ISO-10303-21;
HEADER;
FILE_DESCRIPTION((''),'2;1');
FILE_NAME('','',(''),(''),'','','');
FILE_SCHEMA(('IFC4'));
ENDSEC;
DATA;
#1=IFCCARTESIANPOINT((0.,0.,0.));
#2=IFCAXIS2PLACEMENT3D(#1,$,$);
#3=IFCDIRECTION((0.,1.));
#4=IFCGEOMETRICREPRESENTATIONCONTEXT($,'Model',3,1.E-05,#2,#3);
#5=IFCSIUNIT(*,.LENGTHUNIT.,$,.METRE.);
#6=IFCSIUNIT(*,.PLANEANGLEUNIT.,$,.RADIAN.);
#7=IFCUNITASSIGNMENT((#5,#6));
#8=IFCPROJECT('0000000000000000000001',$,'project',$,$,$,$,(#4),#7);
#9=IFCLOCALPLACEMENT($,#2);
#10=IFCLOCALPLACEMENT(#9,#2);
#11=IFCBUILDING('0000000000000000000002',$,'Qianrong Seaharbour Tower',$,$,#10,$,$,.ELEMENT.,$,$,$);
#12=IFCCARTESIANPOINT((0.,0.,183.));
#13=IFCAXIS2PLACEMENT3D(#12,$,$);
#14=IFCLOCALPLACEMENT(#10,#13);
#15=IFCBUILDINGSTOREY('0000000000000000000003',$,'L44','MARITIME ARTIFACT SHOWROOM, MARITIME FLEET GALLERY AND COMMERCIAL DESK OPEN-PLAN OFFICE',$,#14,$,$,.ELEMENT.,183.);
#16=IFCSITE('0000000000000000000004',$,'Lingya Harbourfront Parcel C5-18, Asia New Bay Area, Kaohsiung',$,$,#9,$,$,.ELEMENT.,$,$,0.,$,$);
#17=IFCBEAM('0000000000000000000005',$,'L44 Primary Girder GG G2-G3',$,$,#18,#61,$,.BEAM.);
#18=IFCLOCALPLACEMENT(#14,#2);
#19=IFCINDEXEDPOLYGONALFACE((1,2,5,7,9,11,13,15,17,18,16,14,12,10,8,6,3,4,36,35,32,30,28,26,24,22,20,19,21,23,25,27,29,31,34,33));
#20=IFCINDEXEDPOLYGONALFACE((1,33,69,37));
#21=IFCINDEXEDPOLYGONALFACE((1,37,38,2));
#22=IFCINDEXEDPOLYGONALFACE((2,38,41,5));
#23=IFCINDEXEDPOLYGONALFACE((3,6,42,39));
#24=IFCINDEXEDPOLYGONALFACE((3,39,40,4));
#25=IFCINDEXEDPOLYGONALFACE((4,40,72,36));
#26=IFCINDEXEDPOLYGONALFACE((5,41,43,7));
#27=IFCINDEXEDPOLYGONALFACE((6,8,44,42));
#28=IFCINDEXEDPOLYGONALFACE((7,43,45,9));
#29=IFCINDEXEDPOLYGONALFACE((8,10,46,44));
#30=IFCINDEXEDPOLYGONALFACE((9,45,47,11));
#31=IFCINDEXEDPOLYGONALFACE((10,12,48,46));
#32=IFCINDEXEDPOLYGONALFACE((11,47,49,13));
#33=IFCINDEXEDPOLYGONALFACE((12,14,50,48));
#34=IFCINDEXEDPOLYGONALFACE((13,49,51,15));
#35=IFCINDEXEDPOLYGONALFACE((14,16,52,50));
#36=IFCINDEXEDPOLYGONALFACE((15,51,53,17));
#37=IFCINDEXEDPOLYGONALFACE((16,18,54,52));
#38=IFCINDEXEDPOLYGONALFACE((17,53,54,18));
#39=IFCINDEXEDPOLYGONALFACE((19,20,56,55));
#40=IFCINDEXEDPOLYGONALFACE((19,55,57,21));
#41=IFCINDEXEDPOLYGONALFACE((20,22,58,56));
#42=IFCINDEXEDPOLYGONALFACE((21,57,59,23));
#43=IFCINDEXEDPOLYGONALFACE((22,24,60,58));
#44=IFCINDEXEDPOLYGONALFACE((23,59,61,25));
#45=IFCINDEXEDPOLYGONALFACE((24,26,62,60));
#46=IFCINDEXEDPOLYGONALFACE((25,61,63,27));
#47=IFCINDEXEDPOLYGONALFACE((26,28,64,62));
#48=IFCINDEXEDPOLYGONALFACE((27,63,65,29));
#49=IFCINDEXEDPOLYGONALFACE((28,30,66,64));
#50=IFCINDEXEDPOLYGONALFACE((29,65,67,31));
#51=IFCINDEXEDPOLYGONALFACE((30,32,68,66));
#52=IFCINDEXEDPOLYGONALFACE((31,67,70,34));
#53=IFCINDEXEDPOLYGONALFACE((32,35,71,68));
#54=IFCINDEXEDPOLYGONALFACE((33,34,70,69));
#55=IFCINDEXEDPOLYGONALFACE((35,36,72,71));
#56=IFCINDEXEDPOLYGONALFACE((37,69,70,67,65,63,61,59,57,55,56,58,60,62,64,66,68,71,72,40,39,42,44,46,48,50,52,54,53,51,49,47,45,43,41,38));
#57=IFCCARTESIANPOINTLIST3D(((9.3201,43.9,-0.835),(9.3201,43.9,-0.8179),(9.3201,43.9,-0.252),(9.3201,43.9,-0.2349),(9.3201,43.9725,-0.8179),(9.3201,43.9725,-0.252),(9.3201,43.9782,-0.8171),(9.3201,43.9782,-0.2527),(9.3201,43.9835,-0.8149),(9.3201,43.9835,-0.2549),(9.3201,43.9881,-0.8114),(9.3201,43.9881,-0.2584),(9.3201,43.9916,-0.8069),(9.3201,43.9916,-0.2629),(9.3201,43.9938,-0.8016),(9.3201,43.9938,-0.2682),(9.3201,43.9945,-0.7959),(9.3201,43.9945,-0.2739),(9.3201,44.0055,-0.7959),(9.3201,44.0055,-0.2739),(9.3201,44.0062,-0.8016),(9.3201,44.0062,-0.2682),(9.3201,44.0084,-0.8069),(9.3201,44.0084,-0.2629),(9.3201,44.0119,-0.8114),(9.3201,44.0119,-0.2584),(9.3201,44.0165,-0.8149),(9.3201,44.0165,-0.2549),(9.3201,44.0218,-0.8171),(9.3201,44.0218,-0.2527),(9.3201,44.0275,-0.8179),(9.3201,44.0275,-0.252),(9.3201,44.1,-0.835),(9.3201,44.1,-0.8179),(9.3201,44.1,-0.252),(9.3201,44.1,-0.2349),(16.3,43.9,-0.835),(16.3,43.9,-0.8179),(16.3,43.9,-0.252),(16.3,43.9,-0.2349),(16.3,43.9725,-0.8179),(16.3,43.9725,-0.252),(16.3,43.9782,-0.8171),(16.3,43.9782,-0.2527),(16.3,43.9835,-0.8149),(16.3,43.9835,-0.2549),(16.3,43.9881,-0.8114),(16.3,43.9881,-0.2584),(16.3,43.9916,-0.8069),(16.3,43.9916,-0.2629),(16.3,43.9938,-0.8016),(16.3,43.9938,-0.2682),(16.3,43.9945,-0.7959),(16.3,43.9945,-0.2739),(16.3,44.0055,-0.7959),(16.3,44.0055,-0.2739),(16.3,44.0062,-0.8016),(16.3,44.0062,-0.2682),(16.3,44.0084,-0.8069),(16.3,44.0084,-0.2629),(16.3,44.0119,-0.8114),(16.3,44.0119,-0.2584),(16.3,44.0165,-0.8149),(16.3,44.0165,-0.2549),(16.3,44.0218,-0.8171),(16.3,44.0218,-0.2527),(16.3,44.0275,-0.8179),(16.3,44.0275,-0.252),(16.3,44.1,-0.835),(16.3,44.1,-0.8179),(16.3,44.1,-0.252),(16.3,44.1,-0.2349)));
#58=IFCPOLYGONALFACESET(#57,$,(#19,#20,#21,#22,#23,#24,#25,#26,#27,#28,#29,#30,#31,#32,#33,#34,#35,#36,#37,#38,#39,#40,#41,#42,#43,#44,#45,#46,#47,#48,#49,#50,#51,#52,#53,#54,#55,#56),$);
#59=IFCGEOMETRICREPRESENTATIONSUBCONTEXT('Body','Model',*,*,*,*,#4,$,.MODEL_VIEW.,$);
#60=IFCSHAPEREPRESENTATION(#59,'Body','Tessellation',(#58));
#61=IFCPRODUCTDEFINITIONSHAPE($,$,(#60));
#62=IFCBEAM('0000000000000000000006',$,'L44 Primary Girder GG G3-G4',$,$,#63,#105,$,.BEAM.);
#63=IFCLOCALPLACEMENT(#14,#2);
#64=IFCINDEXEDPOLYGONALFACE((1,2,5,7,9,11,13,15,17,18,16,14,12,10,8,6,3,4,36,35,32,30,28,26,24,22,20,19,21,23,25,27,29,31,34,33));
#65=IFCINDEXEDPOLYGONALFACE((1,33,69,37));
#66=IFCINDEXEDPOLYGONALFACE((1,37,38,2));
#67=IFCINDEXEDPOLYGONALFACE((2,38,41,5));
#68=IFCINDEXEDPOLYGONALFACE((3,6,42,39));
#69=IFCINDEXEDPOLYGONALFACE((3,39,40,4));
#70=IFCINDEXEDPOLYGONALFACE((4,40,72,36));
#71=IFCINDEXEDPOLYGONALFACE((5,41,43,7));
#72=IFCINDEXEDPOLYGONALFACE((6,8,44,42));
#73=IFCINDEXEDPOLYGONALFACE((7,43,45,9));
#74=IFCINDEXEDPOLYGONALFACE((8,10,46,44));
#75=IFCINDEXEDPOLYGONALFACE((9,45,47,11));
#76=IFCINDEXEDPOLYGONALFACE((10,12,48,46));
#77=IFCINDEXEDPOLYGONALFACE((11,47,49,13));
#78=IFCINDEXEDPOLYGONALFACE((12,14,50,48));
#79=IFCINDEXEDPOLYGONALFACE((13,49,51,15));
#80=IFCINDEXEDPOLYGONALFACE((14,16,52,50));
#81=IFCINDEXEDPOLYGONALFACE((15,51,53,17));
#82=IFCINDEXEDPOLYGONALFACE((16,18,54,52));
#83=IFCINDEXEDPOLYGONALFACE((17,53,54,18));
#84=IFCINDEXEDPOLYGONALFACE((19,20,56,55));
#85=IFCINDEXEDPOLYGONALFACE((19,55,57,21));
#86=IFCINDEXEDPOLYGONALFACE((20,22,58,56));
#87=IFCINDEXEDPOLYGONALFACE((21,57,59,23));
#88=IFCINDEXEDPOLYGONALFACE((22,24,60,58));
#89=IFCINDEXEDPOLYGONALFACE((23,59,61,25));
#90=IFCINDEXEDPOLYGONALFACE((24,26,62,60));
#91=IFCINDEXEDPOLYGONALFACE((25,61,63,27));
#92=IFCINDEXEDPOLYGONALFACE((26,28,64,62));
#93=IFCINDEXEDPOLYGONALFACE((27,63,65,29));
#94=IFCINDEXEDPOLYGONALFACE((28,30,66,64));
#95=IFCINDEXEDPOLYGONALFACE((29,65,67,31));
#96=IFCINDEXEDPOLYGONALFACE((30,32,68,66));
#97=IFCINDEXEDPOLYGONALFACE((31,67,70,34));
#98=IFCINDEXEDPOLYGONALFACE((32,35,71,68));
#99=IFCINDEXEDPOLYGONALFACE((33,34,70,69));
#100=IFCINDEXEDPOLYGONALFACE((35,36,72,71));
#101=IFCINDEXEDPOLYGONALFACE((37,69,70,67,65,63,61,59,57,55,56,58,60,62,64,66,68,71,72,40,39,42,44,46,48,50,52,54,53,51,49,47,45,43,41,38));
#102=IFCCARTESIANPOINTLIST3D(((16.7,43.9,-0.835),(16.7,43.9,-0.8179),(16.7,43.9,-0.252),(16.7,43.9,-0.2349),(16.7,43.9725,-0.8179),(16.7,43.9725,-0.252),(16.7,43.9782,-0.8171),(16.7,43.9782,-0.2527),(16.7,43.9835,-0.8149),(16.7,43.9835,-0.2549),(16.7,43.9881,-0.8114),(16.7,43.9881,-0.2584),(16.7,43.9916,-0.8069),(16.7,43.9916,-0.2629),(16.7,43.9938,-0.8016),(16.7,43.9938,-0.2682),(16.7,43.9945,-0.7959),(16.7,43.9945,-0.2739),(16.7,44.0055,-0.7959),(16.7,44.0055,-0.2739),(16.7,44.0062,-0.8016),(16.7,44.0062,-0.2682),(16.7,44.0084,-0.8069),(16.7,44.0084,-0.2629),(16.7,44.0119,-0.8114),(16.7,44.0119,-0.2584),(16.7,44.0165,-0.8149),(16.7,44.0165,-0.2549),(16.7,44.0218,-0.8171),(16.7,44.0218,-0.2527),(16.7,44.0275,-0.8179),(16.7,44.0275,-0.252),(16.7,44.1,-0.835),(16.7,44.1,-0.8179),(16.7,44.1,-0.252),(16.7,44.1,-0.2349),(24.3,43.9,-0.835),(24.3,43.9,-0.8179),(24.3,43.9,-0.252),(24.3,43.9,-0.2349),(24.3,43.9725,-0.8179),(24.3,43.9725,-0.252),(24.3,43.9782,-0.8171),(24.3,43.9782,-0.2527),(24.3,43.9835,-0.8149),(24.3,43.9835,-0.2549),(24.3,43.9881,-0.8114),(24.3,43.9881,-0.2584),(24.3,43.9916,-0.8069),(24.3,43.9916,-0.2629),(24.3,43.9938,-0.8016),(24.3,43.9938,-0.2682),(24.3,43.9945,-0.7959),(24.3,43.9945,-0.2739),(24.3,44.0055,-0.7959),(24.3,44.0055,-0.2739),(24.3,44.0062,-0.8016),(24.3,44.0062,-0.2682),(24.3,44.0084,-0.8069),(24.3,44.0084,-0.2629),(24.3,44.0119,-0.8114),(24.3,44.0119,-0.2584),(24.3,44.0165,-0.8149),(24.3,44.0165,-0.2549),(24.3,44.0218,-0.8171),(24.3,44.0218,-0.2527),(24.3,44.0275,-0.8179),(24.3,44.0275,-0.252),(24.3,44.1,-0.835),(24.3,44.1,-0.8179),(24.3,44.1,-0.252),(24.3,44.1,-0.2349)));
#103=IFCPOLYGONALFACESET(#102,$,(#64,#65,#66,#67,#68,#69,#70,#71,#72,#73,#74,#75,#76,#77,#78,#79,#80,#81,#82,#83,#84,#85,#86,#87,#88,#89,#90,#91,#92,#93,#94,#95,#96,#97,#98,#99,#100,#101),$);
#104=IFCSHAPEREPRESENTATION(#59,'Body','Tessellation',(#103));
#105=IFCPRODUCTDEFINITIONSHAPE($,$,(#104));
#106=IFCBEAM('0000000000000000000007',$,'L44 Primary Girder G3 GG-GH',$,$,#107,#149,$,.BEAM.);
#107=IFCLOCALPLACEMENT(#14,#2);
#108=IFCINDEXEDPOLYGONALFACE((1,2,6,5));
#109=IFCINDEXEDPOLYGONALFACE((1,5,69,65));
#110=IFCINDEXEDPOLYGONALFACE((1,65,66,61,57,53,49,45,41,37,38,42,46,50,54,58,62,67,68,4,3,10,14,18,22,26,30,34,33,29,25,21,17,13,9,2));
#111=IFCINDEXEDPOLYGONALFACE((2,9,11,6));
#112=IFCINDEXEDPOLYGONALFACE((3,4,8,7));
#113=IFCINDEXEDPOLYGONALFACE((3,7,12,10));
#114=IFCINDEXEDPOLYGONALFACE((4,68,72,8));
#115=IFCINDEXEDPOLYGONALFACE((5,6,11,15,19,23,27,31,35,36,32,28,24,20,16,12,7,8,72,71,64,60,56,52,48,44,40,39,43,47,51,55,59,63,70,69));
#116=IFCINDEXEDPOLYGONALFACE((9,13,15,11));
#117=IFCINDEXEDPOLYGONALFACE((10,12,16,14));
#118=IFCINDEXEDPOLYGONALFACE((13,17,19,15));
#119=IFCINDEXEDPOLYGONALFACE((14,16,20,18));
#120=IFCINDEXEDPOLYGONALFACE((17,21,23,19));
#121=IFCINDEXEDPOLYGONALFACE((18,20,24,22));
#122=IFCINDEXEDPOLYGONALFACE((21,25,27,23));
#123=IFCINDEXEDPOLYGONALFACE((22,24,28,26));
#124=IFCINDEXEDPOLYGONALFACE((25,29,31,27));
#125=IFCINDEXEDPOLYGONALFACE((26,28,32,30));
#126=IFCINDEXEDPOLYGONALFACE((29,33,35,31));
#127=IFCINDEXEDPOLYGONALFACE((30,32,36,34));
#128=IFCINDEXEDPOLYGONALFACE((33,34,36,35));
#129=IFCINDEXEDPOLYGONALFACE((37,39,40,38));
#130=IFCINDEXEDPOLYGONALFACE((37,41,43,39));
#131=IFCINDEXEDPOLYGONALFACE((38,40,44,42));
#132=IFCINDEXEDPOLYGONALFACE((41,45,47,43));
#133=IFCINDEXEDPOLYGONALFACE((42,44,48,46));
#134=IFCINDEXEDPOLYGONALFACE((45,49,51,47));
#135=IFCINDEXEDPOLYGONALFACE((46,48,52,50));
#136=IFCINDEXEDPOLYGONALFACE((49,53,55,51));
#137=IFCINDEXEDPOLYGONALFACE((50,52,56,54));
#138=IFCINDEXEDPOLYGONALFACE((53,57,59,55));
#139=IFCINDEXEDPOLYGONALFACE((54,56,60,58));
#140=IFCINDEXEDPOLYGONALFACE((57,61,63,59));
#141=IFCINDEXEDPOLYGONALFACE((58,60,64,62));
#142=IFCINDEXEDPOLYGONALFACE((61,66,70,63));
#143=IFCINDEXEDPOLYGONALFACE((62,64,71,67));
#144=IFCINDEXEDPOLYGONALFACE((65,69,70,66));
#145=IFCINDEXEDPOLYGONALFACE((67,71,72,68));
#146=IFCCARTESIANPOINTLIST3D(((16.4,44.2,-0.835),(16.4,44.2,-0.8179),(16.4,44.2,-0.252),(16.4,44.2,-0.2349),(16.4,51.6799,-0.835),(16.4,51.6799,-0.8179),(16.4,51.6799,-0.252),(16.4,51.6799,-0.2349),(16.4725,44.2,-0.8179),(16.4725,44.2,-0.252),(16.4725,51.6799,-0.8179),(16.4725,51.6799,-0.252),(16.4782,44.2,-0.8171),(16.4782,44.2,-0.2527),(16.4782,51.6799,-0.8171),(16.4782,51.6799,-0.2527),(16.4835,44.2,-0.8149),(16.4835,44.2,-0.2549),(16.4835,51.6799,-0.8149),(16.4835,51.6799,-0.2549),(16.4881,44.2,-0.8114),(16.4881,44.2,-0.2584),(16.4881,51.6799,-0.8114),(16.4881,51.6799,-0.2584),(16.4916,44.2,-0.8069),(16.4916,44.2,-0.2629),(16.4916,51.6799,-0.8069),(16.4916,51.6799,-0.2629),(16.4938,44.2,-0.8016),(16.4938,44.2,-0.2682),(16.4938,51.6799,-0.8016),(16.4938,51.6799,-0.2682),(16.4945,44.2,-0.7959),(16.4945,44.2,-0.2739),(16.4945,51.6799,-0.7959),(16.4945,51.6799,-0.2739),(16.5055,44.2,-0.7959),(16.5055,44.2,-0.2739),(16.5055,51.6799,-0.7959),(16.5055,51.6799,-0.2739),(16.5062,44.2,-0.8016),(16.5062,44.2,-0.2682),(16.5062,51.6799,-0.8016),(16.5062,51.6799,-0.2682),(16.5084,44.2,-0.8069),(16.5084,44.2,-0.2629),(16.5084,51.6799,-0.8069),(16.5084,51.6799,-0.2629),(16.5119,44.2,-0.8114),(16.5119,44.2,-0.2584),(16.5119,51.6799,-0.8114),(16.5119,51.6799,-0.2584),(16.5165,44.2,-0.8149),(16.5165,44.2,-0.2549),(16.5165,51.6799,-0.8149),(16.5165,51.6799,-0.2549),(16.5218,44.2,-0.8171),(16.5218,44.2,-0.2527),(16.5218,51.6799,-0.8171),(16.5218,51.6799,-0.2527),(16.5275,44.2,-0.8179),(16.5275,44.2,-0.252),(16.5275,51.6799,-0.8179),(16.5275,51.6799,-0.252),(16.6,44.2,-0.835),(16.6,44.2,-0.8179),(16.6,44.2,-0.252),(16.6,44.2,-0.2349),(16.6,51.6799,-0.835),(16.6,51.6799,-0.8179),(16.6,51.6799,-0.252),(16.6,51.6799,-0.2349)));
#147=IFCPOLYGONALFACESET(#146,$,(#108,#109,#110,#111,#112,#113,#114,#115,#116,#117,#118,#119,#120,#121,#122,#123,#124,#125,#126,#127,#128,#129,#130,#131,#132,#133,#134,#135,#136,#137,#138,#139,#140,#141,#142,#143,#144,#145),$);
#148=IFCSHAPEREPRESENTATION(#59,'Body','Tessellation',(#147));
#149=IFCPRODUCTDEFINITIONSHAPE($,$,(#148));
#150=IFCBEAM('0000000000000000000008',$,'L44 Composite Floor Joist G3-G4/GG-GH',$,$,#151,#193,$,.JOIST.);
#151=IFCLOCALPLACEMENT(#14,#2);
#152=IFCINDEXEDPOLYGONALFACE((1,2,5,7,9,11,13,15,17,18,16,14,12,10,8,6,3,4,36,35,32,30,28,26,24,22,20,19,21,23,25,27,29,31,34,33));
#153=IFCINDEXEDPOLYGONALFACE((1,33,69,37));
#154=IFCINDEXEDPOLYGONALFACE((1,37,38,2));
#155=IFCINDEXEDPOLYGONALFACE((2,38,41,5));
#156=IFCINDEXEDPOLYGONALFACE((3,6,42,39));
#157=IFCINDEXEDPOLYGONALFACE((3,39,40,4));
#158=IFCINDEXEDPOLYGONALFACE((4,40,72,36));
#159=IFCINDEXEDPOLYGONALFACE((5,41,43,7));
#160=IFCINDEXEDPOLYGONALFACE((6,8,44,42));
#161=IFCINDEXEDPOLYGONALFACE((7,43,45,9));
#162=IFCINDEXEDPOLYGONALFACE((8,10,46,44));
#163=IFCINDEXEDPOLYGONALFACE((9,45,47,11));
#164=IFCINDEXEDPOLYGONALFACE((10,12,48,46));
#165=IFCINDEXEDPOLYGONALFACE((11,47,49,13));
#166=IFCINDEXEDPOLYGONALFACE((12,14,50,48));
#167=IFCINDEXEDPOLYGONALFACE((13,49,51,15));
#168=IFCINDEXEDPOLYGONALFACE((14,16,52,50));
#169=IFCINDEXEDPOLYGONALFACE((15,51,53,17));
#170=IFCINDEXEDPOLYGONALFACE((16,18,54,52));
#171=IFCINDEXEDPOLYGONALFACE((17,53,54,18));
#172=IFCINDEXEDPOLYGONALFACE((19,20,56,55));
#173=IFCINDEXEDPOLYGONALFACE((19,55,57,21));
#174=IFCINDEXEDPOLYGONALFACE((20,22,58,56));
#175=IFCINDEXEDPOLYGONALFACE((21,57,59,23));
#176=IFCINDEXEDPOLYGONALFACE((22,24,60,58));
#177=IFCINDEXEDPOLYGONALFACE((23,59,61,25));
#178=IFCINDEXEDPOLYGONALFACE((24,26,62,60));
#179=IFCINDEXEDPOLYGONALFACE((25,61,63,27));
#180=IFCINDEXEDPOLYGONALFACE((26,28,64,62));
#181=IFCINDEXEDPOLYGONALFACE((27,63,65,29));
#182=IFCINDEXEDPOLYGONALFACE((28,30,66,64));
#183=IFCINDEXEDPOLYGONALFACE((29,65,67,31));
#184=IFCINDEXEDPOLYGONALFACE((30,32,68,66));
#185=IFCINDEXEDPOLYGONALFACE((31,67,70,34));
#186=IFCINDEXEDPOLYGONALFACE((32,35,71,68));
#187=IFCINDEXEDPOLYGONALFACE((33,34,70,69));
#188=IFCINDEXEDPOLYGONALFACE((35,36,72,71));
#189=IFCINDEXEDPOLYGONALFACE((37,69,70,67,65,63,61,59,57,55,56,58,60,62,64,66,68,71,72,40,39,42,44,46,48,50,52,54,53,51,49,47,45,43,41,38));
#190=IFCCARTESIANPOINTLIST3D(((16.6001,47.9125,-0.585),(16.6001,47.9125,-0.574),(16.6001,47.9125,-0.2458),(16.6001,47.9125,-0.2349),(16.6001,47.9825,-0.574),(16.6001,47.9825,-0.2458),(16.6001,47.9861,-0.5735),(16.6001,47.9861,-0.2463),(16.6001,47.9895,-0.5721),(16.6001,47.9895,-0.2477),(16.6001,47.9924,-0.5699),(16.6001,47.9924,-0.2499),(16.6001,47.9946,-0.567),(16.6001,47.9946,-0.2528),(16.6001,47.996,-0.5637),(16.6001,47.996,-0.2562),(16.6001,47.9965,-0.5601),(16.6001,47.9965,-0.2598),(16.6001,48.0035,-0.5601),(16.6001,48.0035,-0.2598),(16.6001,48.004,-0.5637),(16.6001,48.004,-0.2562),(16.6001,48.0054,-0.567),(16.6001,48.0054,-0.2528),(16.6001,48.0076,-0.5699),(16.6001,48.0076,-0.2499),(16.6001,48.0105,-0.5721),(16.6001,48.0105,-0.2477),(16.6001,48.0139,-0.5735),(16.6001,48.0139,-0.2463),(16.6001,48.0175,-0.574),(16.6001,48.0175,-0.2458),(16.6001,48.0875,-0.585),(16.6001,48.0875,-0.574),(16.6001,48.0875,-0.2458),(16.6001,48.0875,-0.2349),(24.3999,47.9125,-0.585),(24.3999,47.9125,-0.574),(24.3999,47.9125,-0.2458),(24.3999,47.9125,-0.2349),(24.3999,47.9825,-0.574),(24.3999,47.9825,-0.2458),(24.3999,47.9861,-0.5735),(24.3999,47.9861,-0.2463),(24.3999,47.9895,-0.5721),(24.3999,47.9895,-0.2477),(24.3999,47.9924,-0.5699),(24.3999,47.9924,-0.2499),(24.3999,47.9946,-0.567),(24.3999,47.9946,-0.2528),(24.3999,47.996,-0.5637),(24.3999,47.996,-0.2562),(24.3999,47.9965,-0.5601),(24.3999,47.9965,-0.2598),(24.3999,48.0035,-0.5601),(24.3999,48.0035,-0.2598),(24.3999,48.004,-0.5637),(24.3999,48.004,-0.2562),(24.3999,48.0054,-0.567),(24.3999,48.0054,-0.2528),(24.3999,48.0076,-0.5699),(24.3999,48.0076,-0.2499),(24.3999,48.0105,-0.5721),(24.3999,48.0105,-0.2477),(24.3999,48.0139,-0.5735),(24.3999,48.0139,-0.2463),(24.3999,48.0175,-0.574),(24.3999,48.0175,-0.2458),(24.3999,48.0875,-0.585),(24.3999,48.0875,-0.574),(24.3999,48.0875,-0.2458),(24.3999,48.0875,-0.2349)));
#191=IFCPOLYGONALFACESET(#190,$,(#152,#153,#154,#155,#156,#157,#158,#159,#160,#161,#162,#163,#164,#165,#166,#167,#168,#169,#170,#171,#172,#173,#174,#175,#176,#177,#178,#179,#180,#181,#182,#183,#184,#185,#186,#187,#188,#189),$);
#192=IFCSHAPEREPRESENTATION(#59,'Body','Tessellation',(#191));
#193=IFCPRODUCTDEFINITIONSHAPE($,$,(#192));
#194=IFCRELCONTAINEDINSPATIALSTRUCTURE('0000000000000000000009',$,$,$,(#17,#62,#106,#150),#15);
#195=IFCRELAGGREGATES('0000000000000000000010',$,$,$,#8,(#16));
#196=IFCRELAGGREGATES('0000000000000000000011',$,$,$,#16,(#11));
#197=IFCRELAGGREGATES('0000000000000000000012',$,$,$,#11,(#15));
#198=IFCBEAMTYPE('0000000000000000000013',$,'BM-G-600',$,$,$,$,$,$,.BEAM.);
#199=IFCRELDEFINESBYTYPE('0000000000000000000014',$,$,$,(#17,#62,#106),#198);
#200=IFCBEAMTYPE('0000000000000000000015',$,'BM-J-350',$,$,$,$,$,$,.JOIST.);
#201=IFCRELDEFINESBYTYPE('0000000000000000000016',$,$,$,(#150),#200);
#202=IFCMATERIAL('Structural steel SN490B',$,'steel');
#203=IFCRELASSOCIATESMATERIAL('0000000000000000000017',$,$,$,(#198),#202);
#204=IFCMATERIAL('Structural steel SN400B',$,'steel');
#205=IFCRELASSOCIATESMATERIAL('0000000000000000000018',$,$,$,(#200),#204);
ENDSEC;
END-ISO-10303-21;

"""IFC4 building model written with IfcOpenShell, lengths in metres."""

from ifc_helpers import new_model, si_unit, direction, frame, origin, origin_2d, place, context, subcontext, project, spatial, i_section, extrude, material, material_profile, profile_set, type_object, element, save


model = new_model("IFC4")

# Units and contexts
model_context = context("Model", 3, precision=1e-05, world=origin(), true_north=direction((0.0, 1.0)))
body_context = subcontext(model_context, "Body", "Model", "MODEL_VIEW")
ifc_project = project(units=[si_unit("LENGTHUNIT", "METRE"), si_unit("PLANEANGLEUNIT", "RADIAN")], contexts=[model_context])

# Site, building, storey
site_placement = place(None, origin())
site = spatial("IfcSite", under=ifc_project, at=site_placement, Name="Lingya Harbourfront Parcel C5-18, Asia New Bay Area, Kaohsiung", CompositionType="ELEMENT", RefElevation=0.0)
building_placement = place(site_placement, origin())
building = spatial("IfcBuilding", under=site, at=building_placement, Name="Qianrong Seaharbour Tower", CompositionType="ELEMENT")
storey_placement = place(building_placement, frame((0.0, 0.0, 183.0)))
storey = spatial("IfcBuildingStorey", under=building, at=storey_placement, Name="L44", Description="MARITIME ARTIFACT SHOWROOM, MARITIME FLEET GALLERY AND COMMERCIAL DESK OPEN-PLAN OFFICE", CompositionType="ELEMENT", Elevation=183.0)

# Shared definitions
ifc_material_1 = material(Name="Structural steel SN490B", Category="steel")

# Beams
ifc_material_profile_1 = material_profile(ifc_material_1, i_section(OverallWidth=0.2, OverallDepth=0.6001, WebThickness=0.011, FlangeThickness=0.0171, FilletRadius=0.022, at=origin_2d()), Name="H600x200x11x17")
ifc_profile_set_1 = profile_set([ifc_material_profile_1], Name="Structural steel SN490B")
beam_type_1 = type_object("IfcBeamType", Name="BM-G-600", PredefinedType="BEAM", material=ifc_profile_set_1)
beam_1_placement = place(storey_placement, frame((9.3201, 44.0, -0.5349), z_axis=(1.0, 0.0, 0.0), x_axis=(0.0, 1.0, 0.0)))
element("IfcBeam", 1, at=beam_1_placement, inside=storey, type_object=beam_type_1, Name="L44 Primary Girder GG G2-G3", PredefinedType="BEAM", context=body_context, shape_type="SweptSolid", body=[
    extrude(i_section(OverallWidth=0.2, OverallDepth=0.6001, WebThickness=0.011, FlangeThickness=0.0171, FilletRadius=0.022, at=origin_2d()), origin(), (0.0, 0.0, 1.0), 6.98),
])
beam_2_placement = place(storey_placement, frame((16.7, 44.0, -0.5349), z_axis=(1.0, 0.0, 0.0), x_axis=(0.0, 1.0, 0.0)))
element("IfcBeam", 2, at=beam_2_placement, inside=storey, type_object=beam_type_1, Name="L44 Primary Girder GG G3-G4", PredefinedType="BEAM", context=body_context, shape_type="SweptSolid", body=[
    extrude(i_section(OverallWidth=0.2, OverallDepth=0.6001, WebThickness=0.011, FlangeThickness=0.0171, FilletRadius=0.022, at=origin_2d()), origin(), (0.0, 0.0, 1.0), 7.6001),
])
beam_3_placement = place(storey_placement, frame((16.5, 44.2, -0.5349), z_axis=(0.0, 1.0, 0.0), x_axis=(-1.0, 0.0, 0.0)))
element("IfcBeam", 3, at=beam_3_placement, inside=storey, type_object=beam_type_1, Name="L44 Primary Girder G3 GG-GH", PredefinedType="BEAM", context=body_context, shape_type="SweptSolid", body=[
    extrude(i_section(OverallWidth=0.2, OverallDepth=0.6001, WebThickness=0.011, FlangeThickness=0.0171, FilletRadius=0.022, at=origin_2d()), origin(), (0.0, 0.0, 1.0), 7.48),
])
ifc_material_2 = material(Name="Structural steel SN400B", Category="steel")
ifc_material_profile_2 = material_profile(ifc_material_2, i_section(OverallWidth=0.175, OverallDepth=0.3501, WebThickness=0.0071, FlangeThickness=0.011, FilletRadius=0.0139, at=origin_2d()), Name="H350x175x7x11")
ifc_profile_set_2 = profile_set([ifc_material_profile_2], Name="Structural steel SN400B")
beam_type_2 = type_object("IfcBeamType", Name="BM-J-350", PredefinedType="JOIST", material=ifc_profile_set_2)
beam_4_placement = place(storey_placement, frame((16.6001, 48.0, -0.4099), z_axis=(1.0, 0.0, 0.0), x_axis=(0.0, 1.0, 0.0)))
element("IfcBeam", 4, at=beam_4_placement, inside=storey, type_object=beam_type_2, Name="L44 Composite Floor Joist G3-G4/GG-GH", PredefinedType="JOIST", context=body_context, shape_type="SweptSolid", body=[
    extrude(i_section(OverallWidth=0.175, OverallDepth=0.3501, WebThickness=0.0071, FlangeThickness=0.011, FilletRadius=0.0139, at=origin_2d()), origin(), (0.0, 0.0, 1.0), 7.7998),
])

save(model, "model.ifc")
